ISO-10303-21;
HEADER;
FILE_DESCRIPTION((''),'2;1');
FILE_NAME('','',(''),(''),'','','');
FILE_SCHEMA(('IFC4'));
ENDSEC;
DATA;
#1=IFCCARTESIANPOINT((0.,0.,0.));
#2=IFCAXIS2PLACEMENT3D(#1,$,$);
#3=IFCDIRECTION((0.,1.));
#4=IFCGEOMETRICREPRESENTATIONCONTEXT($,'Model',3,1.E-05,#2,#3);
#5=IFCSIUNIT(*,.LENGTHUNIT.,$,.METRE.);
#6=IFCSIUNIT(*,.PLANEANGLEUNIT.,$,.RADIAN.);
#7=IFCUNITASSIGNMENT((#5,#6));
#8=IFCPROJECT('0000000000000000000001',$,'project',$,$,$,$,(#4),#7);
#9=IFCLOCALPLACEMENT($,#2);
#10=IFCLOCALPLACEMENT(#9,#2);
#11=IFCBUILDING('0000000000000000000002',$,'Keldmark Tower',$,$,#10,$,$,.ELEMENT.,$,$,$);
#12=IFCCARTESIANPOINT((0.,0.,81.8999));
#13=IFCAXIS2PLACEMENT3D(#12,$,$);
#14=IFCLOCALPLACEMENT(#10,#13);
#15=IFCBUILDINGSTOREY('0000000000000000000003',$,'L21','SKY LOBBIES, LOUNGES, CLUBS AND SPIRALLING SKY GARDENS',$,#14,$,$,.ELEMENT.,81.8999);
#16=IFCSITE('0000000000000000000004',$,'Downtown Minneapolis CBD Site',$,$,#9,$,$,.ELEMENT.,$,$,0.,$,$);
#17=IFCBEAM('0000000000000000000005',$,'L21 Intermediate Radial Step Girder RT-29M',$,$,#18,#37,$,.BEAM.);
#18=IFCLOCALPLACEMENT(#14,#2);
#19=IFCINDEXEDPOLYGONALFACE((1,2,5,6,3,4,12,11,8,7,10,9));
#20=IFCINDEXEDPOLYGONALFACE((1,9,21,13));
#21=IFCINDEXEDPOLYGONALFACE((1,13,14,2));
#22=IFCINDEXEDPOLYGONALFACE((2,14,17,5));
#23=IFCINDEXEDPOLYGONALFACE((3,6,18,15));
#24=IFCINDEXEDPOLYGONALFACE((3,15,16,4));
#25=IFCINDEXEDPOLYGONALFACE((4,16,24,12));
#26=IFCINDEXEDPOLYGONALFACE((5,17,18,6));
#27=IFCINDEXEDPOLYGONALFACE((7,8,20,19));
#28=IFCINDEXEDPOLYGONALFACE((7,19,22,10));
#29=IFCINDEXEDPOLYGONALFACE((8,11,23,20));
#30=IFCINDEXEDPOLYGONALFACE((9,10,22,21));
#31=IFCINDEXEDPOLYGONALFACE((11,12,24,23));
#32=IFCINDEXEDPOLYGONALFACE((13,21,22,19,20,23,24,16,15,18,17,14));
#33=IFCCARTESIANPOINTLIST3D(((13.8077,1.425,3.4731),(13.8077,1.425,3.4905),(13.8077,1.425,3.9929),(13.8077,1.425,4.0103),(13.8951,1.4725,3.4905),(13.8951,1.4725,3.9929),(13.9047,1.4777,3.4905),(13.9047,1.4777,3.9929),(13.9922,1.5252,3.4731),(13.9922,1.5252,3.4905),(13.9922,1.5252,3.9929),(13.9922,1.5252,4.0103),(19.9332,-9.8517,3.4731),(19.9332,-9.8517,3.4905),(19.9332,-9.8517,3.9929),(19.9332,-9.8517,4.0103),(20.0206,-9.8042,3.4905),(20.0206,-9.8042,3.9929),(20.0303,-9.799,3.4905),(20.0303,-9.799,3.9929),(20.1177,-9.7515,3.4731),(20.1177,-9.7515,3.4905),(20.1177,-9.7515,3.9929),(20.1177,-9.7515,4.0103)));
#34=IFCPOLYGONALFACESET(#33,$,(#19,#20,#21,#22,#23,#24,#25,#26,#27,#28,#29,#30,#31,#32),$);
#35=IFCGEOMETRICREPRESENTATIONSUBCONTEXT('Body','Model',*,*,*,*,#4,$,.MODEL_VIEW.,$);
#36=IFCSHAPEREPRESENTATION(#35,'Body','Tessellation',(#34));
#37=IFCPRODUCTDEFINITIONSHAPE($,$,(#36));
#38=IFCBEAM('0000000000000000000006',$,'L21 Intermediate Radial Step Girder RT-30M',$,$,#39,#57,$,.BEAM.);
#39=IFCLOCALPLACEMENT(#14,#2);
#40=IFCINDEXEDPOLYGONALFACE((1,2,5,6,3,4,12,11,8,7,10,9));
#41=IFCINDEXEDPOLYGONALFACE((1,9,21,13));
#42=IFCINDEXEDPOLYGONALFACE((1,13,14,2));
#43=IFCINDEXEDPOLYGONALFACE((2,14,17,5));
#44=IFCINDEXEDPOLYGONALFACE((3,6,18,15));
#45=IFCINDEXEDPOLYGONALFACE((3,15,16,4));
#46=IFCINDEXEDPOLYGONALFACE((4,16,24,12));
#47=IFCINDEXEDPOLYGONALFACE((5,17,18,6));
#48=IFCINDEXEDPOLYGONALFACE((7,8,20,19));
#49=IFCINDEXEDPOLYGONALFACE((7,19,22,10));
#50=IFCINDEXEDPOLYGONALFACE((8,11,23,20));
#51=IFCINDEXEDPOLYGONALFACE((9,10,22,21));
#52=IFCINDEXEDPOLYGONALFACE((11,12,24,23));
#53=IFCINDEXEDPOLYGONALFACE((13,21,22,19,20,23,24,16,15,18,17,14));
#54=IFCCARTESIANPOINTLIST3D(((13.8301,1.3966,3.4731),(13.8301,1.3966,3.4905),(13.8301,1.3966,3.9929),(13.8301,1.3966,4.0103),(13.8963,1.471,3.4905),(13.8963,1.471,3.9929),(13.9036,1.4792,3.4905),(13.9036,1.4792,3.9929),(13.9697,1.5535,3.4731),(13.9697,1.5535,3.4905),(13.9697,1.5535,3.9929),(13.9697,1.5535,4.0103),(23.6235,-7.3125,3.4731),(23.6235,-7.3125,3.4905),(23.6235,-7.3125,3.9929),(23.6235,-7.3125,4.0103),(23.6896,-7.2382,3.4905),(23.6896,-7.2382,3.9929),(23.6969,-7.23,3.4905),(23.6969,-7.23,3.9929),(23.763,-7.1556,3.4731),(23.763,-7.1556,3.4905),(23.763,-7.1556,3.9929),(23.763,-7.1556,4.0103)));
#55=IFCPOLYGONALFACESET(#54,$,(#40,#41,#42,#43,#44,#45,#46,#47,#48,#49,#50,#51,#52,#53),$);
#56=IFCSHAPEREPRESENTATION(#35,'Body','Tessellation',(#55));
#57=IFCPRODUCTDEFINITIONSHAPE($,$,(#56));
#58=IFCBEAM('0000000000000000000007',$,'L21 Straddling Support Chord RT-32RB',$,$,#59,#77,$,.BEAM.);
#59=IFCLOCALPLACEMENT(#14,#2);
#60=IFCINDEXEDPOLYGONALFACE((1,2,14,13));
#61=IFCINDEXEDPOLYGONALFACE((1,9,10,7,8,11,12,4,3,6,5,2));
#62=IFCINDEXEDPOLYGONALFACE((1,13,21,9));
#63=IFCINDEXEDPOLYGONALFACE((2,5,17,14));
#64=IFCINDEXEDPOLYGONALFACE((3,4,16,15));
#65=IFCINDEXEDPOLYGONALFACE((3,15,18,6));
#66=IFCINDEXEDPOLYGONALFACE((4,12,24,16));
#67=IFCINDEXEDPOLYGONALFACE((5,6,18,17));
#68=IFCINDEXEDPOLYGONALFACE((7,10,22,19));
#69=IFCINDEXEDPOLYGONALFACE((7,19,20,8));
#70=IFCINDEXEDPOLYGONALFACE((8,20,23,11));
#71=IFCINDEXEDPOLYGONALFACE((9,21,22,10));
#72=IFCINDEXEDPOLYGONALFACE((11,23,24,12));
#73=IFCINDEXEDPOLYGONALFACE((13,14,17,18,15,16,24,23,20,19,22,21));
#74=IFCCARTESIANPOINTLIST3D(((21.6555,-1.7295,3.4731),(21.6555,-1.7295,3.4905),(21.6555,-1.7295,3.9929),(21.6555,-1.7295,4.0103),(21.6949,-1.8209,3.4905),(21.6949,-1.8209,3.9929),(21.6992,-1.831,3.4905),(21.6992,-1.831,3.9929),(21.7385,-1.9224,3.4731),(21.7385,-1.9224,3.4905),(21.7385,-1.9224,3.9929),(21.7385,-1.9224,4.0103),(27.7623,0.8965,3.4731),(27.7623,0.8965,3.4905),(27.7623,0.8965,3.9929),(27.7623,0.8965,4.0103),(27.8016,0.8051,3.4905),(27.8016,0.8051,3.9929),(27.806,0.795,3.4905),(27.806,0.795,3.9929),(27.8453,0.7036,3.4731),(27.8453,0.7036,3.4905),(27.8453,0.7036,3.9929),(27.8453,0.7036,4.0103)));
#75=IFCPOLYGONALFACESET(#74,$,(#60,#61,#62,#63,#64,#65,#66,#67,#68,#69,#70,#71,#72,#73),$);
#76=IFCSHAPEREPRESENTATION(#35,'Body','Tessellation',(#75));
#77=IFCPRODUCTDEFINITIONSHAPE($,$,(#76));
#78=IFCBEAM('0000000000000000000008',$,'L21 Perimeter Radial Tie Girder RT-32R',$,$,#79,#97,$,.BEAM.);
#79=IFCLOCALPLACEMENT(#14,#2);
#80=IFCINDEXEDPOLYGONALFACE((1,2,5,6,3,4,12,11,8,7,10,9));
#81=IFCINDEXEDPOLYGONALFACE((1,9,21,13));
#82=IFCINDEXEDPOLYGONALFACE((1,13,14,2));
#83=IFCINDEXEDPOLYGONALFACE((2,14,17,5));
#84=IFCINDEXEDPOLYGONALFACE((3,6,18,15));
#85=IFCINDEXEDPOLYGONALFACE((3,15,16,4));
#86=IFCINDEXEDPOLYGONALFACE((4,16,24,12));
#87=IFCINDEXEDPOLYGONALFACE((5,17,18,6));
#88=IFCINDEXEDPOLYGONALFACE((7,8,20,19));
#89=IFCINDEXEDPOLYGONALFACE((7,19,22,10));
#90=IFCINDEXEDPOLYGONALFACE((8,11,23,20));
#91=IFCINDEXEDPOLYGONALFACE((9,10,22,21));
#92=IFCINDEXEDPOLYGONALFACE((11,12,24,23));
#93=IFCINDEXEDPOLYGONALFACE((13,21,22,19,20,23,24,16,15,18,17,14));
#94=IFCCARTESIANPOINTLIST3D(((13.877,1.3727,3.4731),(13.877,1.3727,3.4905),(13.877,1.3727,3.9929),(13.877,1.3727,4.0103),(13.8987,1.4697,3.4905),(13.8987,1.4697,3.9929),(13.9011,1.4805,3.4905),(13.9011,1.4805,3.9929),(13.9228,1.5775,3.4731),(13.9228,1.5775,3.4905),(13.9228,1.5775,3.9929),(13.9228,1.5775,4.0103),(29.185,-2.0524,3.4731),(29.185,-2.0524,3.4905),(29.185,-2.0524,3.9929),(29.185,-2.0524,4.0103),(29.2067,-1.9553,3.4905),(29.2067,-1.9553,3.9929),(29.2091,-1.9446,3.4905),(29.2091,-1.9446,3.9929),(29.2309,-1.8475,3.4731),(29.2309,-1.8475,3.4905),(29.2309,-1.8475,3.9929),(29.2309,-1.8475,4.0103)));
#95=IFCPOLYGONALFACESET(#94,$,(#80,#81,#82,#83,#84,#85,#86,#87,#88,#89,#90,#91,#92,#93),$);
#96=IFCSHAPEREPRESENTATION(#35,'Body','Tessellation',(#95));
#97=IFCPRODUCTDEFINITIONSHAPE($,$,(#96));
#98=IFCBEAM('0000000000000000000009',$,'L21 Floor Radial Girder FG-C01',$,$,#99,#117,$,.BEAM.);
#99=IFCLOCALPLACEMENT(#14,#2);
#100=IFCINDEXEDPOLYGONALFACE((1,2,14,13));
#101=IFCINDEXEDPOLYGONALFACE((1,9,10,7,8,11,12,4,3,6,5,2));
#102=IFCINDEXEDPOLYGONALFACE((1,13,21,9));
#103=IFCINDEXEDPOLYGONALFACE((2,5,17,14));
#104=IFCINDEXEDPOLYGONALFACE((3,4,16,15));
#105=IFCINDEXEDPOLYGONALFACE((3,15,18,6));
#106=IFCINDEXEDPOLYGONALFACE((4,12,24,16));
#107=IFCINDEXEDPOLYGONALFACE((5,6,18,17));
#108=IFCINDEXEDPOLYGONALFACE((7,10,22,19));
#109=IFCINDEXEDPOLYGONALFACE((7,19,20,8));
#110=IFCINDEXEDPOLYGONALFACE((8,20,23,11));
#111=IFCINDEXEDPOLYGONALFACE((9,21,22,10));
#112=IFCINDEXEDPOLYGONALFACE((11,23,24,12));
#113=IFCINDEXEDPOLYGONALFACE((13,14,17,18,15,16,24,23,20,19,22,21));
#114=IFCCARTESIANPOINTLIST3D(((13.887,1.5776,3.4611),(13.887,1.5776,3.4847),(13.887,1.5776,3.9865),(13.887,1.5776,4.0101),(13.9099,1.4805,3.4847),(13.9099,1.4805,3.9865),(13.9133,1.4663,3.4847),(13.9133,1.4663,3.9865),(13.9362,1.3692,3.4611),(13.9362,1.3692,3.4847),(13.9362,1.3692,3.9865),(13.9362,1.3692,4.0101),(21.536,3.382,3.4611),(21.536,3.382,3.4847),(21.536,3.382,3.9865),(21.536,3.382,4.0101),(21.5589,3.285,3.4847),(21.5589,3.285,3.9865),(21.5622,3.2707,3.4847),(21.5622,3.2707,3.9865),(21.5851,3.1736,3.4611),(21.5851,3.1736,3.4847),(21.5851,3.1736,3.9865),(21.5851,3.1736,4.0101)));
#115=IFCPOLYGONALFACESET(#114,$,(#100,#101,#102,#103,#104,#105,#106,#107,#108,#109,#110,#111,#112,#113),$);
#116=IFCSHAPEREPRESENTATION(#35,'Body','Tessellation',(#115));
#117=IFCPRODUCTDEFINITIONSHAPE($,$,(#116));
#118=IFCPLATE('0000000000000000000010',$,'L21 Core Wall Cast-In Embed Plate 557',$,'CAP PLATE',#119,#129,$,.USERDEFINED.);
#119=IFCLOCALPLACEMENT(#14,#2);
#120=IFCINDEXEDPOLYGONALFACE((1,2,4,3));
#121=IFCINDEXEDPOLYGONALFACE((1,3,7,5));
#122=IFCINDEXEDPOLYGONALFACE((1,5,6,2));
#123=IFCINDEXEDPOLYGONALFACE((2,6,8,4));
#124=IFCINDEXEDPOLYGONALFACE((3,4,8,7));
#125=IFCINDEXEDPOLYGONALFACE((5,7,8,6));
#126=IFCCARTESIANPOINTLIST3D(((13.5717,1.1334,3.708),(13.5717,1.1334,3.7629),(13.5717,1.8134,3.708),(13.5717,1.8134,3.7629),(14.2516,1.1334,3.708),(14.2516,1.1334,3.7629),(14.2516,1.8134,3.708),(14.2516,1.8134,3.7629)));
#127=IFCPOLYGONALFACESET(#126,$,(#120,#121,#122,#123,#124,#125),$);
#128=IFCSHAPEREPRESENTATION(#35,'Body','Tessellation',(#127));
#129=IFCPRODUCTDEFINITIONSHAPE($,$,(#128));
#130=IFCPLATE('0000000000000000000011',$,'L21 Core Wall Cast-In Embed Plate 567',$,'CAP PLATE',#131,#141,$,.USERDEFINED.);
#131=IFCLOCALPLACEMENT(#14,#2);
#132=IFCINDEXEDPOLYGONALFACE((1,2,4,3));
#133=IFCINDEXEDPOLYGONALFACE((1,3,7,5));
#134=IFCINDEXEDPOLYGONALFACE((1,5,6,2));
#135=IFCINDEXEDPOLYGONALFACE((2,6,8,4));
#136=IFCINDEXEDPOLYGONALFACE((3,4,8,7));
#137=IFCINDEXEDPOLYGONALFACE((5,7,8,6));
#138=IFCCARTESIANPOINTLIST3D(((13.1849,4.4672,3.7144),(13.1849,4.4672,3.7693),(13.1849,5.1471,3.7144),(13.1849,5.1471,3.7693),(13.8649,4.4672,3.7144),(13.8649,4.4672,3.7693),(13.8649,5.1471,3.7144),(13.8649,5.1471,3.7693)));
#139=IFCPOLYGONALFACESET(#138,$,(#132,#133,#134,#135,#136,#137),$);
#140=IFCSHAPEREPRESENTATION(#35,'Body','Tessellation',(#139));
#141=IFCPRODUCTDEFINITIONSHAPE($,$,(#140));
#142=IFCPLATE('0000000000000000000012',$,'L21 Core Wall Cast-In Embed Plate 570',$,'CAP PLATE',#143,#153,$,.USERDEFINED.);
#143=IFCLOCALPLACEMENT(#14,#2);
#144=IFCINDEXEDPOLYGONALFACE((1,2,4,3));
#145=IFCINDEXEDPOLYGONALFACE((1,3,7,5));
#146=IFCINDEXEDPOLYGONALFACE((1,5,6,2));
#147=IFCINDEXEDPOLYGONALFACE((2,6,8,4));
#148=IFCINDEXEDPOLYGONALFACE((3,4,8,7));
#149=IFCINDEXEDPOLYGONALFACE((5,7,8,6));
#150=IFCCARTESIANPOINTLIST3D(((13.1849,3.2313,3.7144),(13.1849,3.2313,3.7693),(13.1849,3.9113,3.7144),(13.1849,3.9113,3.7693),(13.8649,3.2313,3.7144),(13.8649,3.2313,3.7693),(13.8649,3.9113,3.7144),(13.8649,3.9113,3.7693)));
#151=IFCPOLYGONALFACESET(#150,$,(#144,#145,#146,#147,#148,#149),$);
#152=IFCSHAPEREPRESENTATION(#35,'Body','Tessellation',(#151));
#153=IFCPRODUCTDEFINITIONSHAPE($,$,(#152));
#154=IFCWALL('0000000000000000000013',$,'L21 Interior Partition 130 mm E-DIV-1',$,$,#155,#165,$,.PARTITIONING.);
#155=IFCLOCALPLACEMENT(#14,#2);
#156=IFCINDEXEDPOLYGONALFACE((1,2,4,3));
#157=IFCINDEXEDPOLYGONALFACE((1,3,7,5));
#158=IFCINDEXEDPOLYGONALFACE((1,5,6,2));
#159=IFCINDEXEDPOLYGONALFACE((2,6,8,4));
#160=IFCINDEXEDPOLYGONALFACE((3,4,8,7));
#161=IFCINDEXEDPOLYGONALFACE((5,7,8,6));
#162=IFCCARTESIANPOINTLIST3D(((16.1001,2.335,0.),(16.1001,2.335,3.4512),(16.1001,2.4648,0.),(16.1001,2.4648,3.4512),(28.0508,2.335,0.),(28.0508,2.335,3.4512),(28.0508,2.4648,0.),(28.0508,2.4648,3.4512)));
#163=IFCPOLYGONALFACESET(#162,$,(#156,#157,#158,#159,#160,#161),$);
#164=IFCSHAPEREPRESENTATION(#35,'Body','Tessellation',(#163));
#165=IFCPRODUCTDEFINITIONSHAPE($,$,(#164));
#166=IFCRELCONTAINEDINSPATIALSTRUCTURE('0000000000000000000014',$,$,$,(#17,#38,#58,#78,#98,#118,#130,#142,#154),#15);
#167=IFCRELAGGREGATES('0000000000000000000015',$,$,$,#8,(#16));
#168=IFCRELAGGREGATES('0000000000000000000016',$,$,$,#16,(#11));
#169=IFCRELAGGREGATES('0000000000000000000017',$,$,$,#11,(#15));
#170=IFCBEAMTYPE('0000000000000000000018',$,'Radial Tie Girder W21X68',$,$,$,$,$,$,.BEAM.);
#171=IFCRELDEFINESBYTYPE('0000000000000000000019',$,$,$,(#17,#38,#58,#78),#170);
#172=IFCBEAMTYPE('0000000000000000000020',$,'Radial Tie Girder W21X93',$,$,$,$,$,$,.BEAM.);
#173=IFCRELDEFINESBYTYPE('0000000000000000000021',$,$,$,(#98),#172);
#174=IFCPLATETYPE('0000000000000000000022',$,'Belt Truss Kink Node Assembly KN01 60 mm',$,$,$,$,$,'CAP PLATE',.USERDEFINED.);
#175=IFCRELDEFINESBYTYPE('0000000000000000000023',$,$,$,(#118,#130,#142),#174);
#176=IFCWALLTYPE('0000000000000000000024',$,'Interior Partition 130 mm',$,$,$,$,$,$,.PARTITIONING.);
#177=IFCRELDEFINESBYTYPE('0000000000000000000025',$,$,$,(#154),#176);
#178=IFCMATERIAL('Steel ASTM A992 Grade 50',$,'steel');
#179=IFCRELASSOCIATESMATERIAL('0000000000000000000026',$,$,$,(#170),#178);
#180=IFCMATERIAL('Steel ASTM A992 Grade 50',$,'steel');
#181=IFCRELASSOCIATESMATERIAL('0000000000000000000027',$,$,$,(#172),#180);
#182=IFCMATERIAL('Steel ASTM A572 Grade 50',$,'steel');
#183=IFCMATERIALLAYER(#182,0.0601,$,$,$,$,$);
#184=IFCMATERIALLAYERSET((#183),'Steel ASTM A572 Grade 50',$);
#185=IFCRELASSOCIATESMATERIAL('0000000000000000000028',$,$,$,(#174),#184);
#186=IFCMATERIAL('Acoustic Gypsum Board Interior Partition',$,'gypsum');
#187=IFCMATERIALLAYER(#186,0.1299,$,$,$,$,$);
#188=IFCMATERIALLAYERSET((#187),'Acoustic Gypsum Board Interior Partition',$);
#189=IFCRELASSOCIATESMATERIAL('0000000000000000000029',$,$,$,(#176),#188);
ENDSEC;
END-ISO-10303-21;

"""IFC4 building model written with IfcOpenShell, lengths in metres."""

from ifc_helpers import new_model, si_unit, direction, frame, frame_2d, origin, origin_2d, place, context, subcontext, project, spatial, rectangle, i_section, extrude, material, layer, layer_set, material_profile, profile_set, type_object, element, save


model = new_model("IFC4")

# Units and contexts
model_context = context("Model", 3, precision=1e-05, world=origin(), true_north=direction((0.0, 1.0)))
body_context = subcontext(model_context, "Body", "Model", "MODEL_VIEW")
ifc_project = project(units=[si_unit("LENGTHUNIT", "METRE"), si_unit("PLANEANGLEUNIT", "RADIAN")], contexts=[model_context])

# Site, building, storey
site_placement = place(None, origin())
site = spatial("IfcSite", under=ifc_project, at=site_placement, Name="Downtown Minneapolis CBD Site", CompositionType="ELEMENT", RefElevation=0.0)
building_placement = place(site_placement, origin())
building = spatial("IfcBuilding", under=site, at=building_placement, Name="Keldmark Tower", CompositionType="ELEMENT")
storey_placement = place(building_placement, frame((0.0, 0.0, 81.8999)))
storey = spatial("IfcBuildingStorey", under=building, at=storey_placement, Name="L21", Description="SKY LOBBIES, LOUNGES, CLUBS AND SPIRALLING SKY GARDENS", CompositionType="ELEMENT", Elevation=81.8999)

# Beams
ifc_material_1 = material(Name="Steel ASTM A992 Grade 50", Category="steel")
ifc_material_profile_1 = material_profile(ifc_material_1, i_section(OverallWidth=0.21, OverallDepth=0.5371, WebThickness=0.011, FlangeThickness=0.0173, at=origin_2d()), Name="W21X68")
ifc_profile_set_1 = profile_set([ifc_material_profile_1], Name="Steel ASTM A992 Grade 50")
beam_type_1 = type_object("IfcBeamType", Name="Radial Tie Girder W21X68", PredefinedType="BEAM", material=ifc_profile_set_1)
beam_1_placement = place(storey_placement, frame((13.8999, 1.4751, 3.7417), z_axis=(0.477327, -0.878726, 0.0), x_axis=(0.878726, 0.477327, 0.0)))
element("IfcBeam", 1, at=beam_1_placement, inside=storey, type_object=beam_type_1, Name="L21 Intermediate Radial Step Girder RT-29M", PredefinedType="BEAM", context=body_context, shape_type="SweptSolid", body=[
    extrude(i_section(OverallWidth=0.21, OverallDepth=0.5371, WebThickness=0.011, FlangeThickness=0.0173, at=origin_2d()), origin(), (0.0, 0.0, 1.0), 12.833),
])
beam_2_placement = place(storey_placement, frame((13.8999, 1.4751, 3.7417), z_axis=(0.74726, -0.664531, 0.0), x_axis=(0.664531, 0.74726, 0.0)))
element("IfcBeam", 2, at=beam_2_placement, inside=storey, type_object=beam_type_1, Name="L21 Intermediate Radial Step Girder RT-30M", PredefinedType="BEAM", context=body_context, shape_type="SweptSolid", body=[
    extrude(i_section(OverallWidth=0.21, OverallDepth=0.5371, WebThickness=0.011, FlangeThickness=0.0173, at=origin_2d()), origin(), (0.0, 0.0, 1.0), 13.1057),
])
beam_3_placement = place(storey_placement, frame((21.697, -1.8259, 3.7417), z_axis=(0.918664, 0.39504, 0.0), x_axis=(-0.39504, 0.918664, 0.0)))
element("IfcBeam", 3, at=beam_3_placement, inside=storey, type_object=beam_type_1, Name="L21 Straddling Support Chord RT-32RB", PredefinedType="BEAM", context=body_context, shape_type="SweptSolid", body=[
    extrude(i_section(OverallWidth=0.21, OverallDepth=0.5371, WebThickness=0.011, FlangeThickness=0.0173, at=origin_2d()), origin(), (0.0, 0.0, 1.0), 6.6475),
])
beam_4_placement = place(storey_placement, frame((13.8999, 1.4751, 3.7417), z_axis=(0.975872, -0.218342, 0.0), x_axis=(0.218342, 0.975872, 0.0)))
element("IfcBeam", 4, at=beam_4_placement, inside=storey, type_object=beam_type_1, Name="L21 Perimeter Radial Tie Girder RT-32R", PredefinedType="BEAM", context=body_context, shape_type="SweptSolid", body=[
    extrude(i_section(OverallWidth=0.21, OverallDepth=0.5371, WebThickness=0.011, FlangeThickness=0.0173, at=origin_2d()), origin(), (0.0, 0.0, 1.0), 15.6865),
])
ifc_material_2 = material(Name="Steel ASTM A992 Grade 50", Category="steel")
ifc_material_profile_2 = material_profile(ifc_material_2, i_section(OverallWidth=0.2141, OverallDepth=0.5491, WebThickness=0.0146, FlangeThickness=0.0237, at=origin_2d()), Name="W21X93")
ifc_profile_set_2 = profile_set([ifc_material_profile_2], Name="Steel ASTM A992 Grade 50")
beam_type_2 = type_object("IfcBeamType", Name="Radial Tie Girder W21X93", PredefinedType="BEAM", material=ifc_profile_set_2)
beam_5_placement = place(storey_placement, frame((21.5605, 3.2778, 3.7356), z_axis=(-0.973284, -0.229606, 0.0), x_axis=(0.229606, -0.973284, 0.0)))
element("IfcBeam", 5, at=beam_5_placement, inside=storey, type_object=beam_type_2, Name="L21 Floor Radial Girder FG-C01", PredefinedType="BEAM", context=body_context, shape_type="SweptSolid", body=[
    extrude(i_section(OverallWidth=0.2141, OverallDepth=0.5491, WebThickness=0.0146, FlangeThickness=0.0237, at=origin_2d()), origin(), (0.0, 0.0, 1.0), 7.8589),
])

# Plates
ifc_material_3 = material(Name="Steel ASTM A572 Grade 50", Category="steel")
ifc_layer_1 = layer(ifc_material_3, 0.0601)
ifc_layer_set_1 = layer_set([ifc_layer_1], Name="Steel ASTM A572 Grade 50")
plate_type = type_object("IfcPlateType", Name="Belt Truss Kink Node Assembly KN01 60 mm", ElementType="CAP PLATE", PredefinedType="USERDEFINED", material=ifc_layer_set_1)
for number, where, z_axis, x_axis, name in (
    (6, (13.9116, 1.4734, 3.708), (0.0, 0.0, 1.0), (1.0, 0.0, 0.0), "L21 Core Wall Cast-In Embed Plate 557"),
    (7, (13.5249, 4.8071, 3.7144), (0.0, 0.0, 1.0), (1.0, 0.0, 0.0), "L21 Core Wall Cast-In Embed Plate 567"),
    (8, (13.5249, 3.5713, 3.7144), (0.0, 0.0, 1.0), (1.0, 0.0, 0.0), "L21 Core Wall Cast-In Embed Plate 570"),
):
    element("IfcPlate", number, at=place(storey_placement, frame(where, z_axis=z_axis, x_axis=x_axis)), inside=storey, type_object=plate_type, Name=name, ObjectType="CAP PLATE", PredefinedType="USERDEFINED", context=body_context, shape_type="SweptSolid", body=[
        extrude(rectangle(XDim=0.6799, YDim=0.6799, at=origin_2d()), origin(), (0.0, 0.0, 1.0), 0.0549),
    ])

# Wall
ifc_material_4 = material(Name="Acoustic Gypsum Board Interior Partition", Category="gypsum")
ifc_layer_2 = layer(ifc_material_4, 0.1299)
ifc_layer_set_2 = layer_set([ifc_layer_2], Name="Acoustic Gypsum Board Interior Partition")
wall_type_1 = type_object("IfcWallType", Name="Interior Partition 130 mm", PredefinedType="PARTITIONING", material=ifc_layer_set_2)
wall_1_placement = place(storey_placement, frame((16.1001, 2.3999, 0.0), z_axis=(0.0, 0.0, 1.0), x_axis=(1.0, 0.0, 0.0)))
element("IfcWall", 9, at=wall_1_placement, inside=storey, type_object=wall_type_1, Name="L21 Interior Partition 130 mm E-DIV-1", PredefinedType="PARTITIONING", context=body_context, shape_type="SweptSolid", body=[
    extrude(rectangle(XDim=11.9507, YDim=0.1299, at=frame_2d((5.9753, 0.0))), origin(), (0.0, 0.0, 1.0), 3.4512),
])

save(model, "model.ifc")
